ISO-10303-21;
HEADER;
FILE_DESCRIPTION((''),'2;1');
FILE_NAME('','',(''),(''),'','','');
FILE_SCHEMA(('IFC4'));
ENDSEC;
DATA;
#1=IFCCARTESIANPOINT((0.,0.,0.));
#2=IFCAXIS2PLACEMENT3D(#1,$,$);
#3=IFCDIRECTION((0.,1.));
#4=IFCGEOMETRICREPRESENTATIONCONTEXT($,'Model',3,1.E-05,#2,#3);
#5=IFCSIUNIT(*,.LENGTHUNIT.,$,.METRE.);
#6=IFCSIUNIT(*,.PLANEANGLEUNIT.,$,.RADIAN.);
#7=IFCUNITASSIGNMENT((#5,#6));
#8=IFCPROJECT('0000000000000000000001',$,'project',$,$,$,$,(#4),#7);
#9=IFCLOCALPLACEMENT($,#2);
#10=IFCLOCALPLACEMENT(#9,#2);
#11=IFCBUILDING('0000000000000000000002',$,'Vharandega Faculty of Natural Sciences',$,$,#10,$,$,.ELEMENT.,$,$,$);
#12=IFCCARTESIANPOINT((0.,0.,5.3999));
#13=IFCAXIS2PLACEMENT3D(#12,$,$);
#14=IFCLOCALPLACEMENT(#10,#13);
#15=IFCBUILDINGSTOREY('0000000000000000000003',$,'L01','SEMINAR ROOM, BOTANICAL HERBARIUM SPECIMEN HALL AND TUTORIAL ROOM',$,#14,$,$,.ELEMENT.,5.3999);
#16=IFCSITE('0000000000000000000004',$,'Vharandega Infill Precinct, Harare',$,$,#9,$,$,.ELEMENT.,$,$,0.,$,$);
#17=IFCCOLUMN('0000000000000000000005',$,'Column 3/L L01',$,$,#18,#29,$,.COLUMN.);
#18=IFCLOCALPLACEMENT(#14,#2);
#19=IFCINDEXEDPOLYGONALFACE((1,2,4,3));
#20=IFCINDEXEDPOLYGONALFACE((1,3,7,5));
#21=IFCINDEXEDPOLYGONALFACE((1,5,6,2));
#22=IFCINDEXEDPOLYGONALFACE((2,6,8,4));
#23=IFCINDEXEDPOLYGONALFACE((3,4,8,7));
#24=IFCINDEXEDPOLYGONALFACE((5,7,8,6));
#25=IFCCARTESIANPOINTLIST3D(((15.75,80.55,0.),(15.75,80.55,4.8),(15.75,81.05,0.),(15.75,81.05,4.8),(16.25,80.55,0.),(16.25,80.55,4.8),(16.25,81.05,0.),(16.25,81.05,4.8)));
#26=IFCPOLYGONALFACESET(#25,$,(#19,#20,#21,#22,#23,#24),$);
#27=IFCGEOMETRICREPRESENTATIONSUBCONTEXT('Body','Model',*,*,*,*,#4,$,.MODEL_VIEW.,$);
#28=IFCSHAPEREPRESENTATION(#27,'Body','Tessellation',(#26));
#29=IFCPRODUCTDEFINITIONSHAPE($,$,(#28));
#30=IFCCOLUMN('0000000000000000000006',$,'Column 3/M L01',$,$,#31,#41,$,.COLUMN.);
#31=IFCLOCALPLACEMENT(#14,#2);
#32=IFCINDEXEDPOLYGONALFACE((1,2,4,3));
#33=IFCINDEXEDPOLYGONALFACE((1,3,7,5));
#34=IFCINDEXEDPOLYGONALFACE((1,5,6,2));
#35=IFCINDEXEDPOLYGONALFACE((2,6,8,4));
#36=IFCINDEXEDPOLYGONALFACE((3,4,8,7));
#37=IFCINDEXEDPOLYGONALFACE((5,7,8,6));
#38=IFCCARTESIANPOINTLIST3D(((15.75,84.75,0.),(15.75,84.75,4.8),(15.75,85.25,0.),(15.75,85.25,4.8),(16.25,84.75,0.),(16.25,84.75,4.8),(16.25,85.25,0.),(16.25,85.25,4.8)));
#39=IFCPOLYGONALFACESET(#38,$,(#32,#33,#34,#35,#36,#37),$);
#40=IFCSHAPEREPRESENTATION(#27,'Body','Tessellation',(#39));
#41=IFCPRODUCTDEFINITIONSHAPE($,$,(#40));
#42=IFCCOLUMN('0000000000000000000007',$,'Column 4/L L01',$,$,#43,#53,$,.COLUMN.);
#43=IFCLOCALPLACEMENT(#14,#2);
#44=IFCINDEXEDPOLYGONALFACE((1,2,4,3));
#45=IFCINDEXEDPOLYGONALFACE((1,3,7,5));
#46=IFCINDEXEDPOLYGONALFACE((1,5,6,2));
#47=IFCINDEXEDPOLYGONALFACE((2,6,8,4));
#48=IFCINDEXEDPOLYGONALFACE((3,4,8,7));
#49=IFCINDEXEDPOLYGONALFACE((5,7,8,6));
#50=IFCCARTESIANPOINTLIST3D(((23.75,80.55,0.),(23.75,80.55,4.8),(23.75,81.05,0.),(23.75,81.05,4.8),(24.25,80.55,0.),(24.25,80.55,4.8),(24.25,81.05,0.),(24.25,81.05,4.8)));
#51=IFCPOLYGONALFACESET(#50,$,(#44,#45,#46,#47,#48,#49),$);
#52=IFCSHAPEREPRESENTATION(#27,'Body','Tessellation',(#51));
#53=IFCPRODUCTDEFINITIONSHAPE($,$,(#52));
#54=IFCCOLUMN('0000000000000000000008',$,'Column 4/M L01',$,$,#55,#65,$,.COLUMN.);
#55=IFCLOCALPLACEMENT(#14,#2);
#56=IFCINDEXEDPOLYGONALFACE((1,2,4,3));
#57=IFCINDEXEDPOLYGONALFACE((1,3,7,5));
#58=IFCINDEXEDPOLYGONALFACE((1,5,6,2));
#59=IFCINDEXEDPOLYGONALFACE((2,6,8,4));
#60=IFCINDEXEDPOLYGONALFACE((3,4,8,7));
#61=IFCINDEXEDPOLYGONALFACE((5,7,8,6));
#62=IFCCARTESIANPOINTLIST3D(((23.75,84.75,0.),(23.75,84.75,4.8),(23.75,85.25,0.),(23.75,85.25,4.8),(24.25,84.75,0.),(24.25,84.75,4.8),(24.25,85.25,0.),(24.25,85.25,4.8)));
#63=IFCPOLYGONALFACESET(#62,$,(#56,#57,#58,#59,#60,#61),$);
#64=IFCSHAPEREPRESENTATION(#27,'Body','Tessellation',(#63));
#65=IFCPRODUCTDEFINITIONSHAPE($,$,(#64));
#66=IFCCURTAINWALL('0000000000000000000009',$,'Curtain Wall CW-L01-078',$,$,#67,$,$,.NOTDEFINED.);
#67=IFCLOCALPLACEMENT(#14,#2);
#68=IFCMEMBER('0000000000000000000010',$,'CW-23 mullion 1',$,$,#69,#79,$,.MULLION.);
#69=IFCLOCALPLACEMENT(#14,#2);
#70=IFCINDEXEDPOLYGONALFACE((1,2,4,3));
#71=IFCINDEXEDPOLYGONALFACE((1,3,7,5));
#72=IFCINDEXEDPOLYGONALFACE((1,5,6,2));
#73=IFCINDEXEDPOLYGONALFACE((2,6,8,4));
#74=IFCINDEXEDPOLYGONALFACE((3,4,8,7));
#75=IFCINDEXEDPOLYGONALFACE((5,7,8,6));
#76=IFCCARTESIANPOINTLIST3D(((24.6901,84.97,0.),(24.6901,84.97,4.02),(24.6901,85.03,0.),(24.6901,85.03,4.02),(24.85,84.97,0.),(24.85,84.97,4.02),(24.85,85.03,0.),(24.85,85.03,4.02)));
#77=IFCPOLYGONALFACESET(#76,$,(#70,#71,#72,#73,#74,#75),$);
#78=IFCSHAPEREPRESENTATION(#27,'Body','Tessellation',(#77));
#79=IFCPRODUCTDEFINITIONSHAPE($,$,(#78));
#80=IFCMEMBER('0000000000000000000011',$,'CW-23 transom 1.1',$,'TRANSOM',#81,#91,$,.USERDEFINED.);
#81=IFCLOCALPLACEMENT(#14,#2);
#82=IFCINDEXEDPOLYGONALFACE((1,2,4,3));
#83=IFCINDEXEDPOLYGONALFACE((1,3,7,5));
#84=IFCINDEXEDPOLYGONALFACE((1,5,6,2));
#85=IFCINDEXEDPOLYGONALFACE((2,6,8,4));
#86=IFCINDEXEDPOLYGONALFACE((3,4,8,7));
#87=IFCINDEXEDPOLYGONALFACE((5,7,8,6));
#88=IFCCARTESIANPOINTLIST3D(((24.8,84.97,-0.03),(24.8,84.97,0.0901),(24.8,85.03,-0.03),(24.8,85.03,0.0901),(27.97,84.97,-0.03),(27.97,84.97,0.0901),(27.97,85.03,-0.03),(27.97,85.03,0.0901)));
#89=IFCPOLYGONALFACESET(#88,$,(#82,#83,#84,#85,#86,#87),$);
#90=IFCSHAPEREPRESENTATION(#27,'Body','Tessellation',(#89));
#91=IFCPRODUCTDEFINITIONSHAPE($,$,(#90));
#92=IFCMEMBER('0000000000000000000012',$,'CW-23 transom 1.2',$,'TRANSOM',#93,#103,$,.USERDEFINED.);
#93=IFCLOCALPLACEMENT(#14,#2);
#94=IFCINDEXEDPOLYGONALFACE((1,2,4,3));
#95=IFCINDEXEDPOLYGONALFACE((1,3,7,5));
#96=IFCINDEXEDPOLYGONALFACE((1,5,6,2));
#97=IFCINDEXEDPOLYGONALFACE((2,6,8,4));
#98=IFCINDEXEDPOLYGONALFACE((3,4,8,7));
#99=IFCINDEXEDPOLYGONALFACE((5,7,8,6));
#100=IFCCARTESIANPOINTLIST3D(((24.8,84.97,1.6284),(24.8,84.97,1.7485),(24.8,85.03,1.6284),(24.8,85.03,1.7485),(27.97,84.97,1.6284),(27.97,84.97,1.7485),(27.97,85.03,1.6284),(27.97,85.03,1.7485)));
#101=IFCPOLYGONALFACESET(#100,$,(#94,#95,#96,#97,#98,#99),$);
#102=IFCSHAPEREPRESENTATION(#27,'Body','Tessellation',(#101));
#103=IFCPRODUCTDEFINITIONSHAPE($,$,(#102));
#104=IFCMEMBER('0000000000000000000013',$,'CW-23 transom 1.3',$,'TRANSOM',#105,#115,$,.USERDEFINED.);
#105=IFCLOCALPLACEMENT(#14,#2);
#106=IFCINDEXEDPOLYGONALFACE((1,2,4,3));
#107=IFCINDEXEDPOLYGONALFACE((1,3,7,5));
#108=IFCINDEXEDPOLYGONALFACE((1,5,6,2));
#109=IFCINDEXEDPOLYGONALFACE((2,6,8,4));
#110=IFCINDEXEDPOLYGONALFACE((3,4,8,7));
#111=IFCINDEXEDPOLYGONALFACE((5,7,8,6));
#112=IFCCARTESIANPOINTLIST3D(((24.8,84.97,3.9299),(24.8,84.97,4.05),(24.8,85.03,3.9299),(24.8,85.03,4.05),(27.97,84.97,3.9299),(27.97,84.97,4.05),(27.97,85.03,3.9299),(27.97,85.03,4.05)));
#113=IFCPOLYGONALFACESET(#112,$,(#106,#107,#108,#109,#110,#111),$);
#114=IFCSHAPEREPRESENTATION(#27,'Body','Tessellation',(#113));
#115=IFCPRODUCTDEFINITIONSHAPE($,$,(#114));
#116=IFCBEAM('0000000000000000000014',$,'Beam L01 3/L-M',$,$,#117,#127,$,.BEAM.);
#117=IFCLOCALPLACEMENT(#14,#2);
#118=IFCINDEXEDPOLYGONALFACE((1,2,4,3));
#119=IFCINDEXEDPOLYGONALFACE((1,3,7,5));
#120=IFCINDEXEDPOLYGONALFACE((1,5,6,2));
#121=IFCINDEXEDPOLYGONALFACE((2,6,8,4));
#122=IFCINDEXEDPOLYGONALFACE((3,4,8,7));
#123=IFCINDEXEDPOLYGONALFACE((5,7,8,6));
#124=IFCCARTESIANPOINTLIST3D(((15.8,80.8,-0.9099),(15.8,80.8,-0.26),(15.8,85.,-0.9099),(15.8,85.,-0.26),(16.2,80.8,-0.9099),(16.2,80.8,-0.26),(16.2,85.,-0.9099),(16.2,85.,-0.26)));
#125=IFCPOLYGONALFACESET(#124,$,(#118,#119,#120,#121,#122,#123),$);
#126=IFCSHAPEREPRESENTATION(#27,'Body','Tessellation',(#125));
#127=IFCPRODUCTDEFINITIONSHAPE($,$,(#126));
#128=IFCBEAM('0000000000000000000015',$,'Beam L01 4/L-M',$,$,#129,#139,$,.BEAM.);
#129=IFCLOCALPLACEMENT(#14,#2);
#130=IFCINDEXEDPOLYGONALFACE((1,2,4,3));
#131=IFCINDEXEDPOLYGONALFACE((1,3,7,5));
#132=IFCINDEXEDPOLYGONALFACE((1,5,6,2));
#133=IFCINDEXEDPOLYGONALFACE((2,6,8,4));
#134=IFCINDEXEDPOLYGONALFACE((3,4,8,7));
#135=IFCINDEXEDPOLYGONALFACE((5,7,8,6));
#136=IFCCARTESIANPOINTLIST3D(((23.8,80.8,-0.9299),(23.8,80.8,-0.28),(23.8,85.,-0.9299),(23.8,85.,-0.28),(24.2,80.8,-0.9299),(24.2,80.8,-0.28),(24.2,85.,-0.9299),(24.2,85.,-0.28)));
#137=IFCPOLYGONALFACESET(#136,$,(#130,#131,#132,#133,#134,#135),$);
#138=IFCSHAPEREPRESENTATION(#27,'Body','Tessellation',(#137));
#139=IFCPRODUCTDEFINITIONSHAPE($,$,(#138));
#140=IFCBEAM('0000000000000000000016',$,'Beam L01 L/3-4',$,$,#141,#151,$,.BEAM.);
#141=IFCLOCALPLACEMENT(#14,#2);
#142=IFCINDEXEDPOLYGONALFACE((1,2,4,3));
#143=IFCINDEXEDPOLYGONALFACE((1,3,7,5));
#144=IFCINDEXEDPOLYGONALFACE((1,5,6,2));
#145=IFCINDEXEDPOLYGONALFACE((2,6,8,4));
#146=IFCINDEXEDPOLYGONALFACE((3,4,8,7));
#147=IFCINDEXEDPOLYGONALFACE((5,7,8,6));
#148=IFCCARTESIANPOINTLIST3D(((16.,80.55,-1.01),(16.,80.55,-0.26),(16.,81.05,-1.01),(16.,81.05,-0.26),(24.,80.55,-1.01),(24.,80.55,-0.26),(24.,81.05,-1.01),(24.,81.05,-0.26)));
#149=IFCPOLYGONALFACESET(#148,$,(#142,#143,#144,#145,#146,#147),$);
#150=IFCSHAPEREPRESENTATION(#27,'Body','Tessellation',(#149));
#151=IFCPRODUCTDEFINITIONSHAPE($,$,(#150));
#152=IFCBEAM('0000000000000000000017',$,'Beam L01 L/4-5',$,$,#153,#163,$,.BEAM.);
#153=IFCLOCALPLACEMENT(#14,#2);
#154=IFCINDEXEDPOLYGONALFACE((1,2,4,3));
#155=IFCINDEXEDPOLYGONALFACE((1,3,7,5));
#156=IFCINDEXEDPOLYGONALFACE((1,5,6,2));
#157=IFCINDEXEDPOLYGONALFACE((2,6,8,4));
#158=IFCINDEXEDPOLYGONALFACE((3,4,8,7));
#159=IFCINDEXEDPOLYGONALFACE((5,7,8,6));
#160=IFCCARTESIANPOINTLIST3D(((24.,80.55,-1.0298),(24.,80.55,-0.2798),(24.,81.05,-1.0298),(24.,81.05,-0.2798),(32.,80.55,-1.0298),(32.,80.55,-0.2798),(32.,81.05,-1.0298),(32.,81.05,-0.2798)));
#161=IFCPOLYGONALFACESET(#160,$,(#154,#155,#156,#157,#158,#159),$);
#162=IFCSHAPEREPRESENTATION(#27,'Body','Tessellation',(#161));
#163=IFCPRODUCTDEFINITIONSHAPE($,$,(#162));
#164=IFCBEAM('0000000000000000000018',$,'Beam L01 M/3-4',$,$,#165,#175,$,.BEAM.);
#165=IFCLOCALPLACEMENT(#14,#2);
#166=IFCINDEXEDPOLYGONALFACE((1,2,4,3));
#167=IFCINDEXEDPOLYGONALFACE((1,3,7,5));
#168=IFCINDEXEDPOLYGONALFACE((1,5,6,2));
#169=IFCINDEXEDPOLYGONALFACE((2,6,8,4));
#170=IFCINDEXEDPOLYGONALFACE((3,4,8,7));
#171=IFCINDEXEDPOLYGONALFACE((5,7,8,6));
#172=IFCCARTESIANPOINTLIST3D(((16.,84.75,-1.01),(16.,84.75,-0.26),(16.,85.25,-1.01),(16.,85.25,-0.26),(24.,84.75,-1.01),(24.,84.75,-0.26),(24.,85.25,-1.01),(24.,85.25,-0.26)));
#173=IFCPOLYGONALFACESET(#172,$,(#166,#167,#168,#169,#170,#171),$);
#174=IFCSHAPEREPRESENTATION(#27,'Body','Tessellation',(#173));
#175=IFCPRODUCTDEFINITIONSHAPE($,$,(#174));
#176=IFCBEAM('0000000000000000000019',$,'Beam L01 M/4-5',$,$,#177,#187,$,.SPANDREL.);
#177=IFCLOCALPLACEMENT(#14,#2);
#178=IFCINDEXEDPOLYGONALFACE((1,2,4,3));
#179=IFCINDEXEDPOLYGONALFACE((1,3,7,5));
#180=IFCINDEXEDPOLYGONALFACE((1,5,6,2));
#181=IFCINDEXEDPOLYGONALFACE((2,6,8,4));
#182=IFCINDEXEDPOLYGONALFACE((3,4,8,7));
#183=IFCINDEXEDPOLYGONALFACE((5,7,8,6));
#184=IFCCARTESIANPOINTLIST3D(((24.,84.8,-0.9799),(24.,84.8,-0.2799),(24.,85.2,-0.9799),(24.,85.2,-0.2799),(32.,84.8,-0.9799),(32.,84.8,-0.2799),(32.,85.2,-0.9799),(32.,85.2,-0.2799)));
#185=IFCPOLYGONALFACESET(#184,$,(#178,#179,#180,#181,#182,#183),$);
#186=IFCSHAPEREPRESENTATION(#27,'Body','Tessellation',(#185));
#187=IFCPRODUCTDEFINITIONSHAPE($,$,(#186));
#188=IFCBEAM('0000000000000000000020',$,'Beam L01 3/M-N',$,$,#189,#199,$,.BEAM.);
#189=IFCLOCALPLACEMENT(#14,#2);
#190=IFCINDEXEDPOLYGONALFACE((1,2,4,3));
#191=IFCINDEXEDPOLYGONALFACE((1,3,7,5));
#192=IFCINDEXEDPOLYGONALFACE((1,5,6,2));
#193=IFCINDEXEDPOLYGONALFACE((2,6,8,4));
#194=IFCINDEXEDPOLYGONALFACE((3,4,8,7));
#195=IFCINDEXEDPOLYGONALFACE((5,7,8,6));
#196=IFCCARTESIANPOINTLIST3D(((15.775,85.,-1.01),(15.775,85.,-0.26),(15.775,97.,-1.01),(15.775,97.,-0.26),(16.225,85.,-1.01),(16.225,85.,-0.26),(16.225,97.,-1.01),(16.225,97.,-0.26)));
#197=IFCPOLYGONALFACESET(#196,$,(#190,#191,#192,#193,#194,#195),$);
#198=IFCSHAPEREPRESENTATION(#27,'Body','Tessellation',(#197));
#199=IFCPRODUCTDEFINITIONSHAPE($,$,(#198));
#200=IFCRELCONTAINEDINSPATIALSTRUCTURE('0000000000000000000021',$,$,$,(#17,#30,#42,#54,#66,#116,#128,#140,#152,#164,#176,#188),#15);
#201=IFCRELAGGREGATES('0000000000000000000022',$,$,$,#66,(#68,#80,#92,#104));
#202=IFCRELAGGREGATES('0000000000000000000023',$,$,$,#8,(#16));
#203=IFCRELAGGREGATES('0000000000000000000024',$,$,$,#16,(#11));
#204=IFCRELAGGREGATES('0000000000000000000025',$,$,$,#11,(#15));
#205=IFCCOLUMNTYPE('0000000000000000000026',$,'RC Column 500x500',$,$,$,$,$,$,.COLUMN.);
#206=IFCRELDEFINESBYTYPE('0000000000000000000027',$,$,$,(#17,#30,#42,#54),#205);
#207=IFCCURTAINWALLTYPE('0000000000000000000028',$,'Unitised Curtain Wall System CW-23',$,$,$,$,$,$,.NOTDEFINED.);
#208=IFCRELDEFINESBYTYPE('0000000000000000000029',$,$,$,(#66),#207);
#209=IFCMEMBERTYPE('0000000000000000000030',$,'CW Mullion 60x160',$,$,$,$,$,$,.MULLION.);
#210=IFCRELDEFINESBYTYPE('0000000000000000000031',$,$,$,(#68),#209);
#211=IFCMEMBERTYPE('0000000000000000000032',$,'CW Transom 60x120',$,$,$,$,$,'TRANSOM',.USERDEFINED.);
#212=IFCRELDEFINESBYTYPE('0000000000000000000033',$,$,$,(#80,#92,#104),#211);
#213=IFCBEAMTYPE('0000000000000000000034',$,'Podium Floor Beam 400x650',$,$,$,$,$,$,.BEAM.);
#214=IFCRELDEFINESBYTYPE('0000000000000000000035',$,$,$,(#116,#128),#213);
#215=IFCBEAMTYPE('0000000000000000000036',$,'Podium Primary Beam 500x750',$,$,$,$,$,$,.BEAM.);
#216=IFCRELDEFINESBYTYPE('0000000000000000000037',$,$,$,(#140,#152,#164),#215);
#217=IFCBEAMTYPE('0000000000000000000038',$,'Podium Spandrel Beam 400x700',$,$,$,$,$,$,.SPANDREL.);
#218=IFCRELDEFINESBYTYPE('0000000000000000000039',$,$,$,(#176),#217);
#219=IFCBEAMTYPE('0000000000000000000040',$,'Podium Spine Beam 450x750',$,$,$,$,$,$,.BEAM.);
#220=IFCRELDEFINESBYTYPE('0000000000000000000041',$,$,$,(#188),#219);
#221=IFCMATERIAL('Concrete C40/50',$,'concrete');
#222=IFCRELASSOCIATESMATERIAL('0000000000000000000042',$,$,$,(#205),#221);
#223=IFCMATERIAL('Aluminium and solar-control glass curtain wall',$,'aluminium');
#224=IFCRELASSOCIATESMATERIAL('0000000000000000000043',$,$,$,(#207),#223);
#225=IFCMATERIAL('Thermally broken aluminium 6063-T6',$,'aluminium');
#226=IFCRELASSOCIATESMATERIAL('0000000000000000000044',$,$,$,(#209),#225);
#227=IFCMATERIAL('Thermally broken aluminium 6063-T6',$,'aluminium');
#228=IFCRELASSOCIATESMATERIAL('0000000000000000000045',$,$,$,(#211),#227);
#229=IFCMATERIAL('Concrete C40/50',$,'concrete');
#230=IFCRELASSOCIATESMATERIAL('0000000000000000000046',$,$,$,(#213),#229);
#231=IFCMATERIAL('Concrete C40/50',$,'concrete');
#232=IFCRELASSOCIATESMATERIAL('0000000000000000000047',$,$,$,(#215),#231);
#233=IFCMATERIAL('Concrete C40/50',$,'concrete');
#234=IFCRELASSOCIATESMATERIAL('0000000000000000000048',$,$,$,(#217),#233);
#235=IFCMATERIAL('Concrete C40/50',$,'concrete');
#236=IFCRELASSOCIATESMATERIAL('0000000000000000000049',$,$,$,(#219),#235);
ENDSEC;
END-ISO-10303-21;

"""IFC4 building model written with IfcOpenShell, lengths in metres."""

from ifc_helpers import new_model, si_unit, direction, frame, origin, origin_2d, place, context, subcontext, project, spatial, rectangle, extrude, material, material_profile, profile_set, type_object, element, aggregate, save


model = new_model("IFC4")

# Units and contexts
model_context = context("Model", 3, precision=1e-05, world=origin(), true_north=direction((0.0, 1.0)))
body_context = subcontext(model_context, "Body", "Model", "MODEL_VIEW")
ifc_project = project(units=[si_unit("LENGTHUNIT", "METRE"), si_unit("PLANEANGLEUNIT", "RADIAN")], contexts=[model_context])

# Site, building, storey
site_placement = place(None, origin())
site = spatial("IfcSite", under=ifc_project, at=site_placement, Name="Vharandega Infill Precinct, Harare", CompositionType="ELEMENT", RefElevation=0.0)
building_placement = place(site_placement, origin())
building = spatial("IfcBuilding", under=site, at=building_placement, Name="Vharandega Faculty of Natural Sciences", CompositionType="ELEMENT")
storey_placement = place(building_placement, frame((0.0, 0.0, 5.3999)))
storey = spatial("IfcBuildingStorey", under=building, at=storey_placement, Name="L01", Description="SEMINAR ROOM, BOTANICAL HERBARIUM SPECIMEN HALL AND TUTORIAL ROOM", CompositionType="ELEMENT", Elevation=5.3999)

# Columns
ifc_material_1 = material(Name="Concrete C40/50", Category="concrete")
ifc_material_profile_1 = material_profile(ifc_material_1, rectangle(XDim=0.5, YDim=0.5, at=origin_2d()), Name="RC 500x500")
ifc_profile_set_1 = profile_set([ifc_material_profile_1], Name="Concrete C40/50")
column_type = type_object("IfcColumnType", Name="RC Column 500x500", PredefinedType="COLUMN", material=ifc_profile_set_1)
for number, where, z_axis, x_axis, name in (
    (1, (16.0, 80.8, 0.0), (0.0, 0.0, 1.0), (1.0, 0.0, 0.0), "Column 3/L L01"),
    (2, (16.0, 85.0, 0.0), (0.0, 0.0, 1.0), (1.0, 0.0, 0.0), "Column 3/M L01"),
    (3, (24.0, 80.8, 0.0), (0.0, 0.0, 1.0), (1.0, 0.0, 0.0), "Column 4/L L01"),
    (4, (24.0, 85.0, 0.0), (0.0, 0.0, 1.0), (1.0, 0.0, 0.0), "Column 4/M L01"),
):
    element("IfcColumn", number, at=place(storey_placement, frame(where, z_axis=z_axis, x_axis=x_axis)), inside=storey, type_object=column_type, Name=name, PredefinedType="COLUMN", context=body_context, shape_type="SweptSolid", body=[
        extrude(rectangle(XDim=0.5, YDim=0.5, at=origin_2d()), origin(), (0.0, 0.0, 1.0), 4.8),
    ])

# Curtain wall, members
ifc_material_2 = material(Name="Aluminium and solar-control glass curtain wall", Category="aluminium")
curtain_wall_type = type_object("IfcCurtainWallType", Name="Unitised Curtain Wall System CW-23", PredefinedType="NOTDEFINED", material=ifc_material_2)
curtain_wall_placement = place(storey_placement, origin())
curtain_wall = element("IfcCurtainWall", 5, at=curtain_wall_placement, inside=storey, type_object=curtain_wall_type, Name="Curtain Wall CW-L01-078", PredefinedType="NOTDEFINED")
ifc_material_3 = material(Name="Thermally broken aluminium 6063-T6", Category="aluminium")
ifc_material_profile_2 = material_profile(ifc_material_3, rectangle(XDim=0.0601, YDim=0.1599, at=origin_2d()), Name="ALU 60x160")
ifc_profile_set_2 = profile_set([ifc_material_profile_2], Name="Thermally broken aluminium 6063-T6")
member_type_1 = type_object("IfcMemberType", Name="CW Mullion 60x160", PredefinedType="MULLION", material=ifc_profile_set_2)
member_1_placement = place(storey_placement, frame((24.77, 85.0, 0.0), z_axis=(0.0, 0.0, 1.0), x_axis=(0.0, 1.0, 0.0)))
member_1 = element("IfcMember", 6, at=member_1_placement, type_object=member_type_1, Name="CW-23 mullion 1", PredefinedType="MULLION", context=body_context, shape_type="SweptSolid", body=[
    extrude(rectangle(XDim=0.0601, YDim=0.1599, at=origin_2d()), origin(), (0.0, 0.0, 1.0), 4.02),
])
ifc_material_4 = material(Name="Thermally broken aluminium 6063-T6", Category="aluminium")
ifc_material_profile_3 = material_profile(ifc_material_4, rectangle(XDim=0.0601, YDim=0.1201, at=origin_2d()), Name="ALU 60x120")
ifc_profile_set_3 = profile_set([ifc_material_profile_3], Name="Thermally broken aluminium 6063-T6")
member_type_2 = type_object("IfcMemberType", Name="CW Transom 60x120", ElementType="TRANSOM", PredefinedType="USERDEFINED", material=ifc_profile_set_3)
member_2_placement = place(storey_placement, frame((24.8, 85.0, 0.03), z_axis=(1.0, 0.0, 0.0), x_axis=(0.0, 1.0, 0.0)))
member_2 = element("IfcMember", 7, at=member_2_placement, type_object=member_type_2, Name="CW-23 transom 1.1", ObjectType="TRANSOM", PredefinedType="USERDEFINED", context=body_context, shape_type="SweptSolid", body=[
    extrude(rectangle(XDim=0.0601, YDim=0.1201, at=origin_2d()), origin(), (0.0, 0.0, 1.0), 3.1699),
])
member_3_placement = place(storey_placement, frame((24.8, 85.0, 1.6885), z_axis=(1.0, 0.0, 0.0), x_axis=(0.0, 1.0, 0.0)))
member_3 = element("IfcMember", 8, at=member_3_placement, type_object=member_type_2, Name="CW-23 transom 1.2", ObjectType="TRANSOM", PredefinedType="USERDEFINED", context=body_context, shape_type="SweptSolid", body=[
    extrude(rectangle(XDim=0.0601, YDim=0.1201, at=origin_2d()), origin(), (0.0, 0.0, 1.0), 3.1699),
])
member_4_placement = place(storey_placement, frame((24.8, 85.0, 3.99), z_axis=(1.0, 0.0, 0.0), x_axis=(0.0, 1.0, 0.0)))
member_4 = element("IfcMember", 9, at=member_4_placement, type_object=member_type_2, Name="CW-23 transom 1.3", ObjectType="TRANSOM", PredefinedType="USERDEFINED", context=body_context, shape_type="SweptSolid", body=[
    extrude(rectangle(XDim=0.0601, YDim=0.1201, at=origin_2d()), origin(), (0.0, 0.0, 1.0), 3.1699),
])

# Beams
ifc_material_5 = material(Name="Concrete C40/50", Category="concrete")
ifc_material_profile_4 = material_profile(ifc_material_5, rectangle(XDim=0.3999, YDim=0.6499, at=origin_2d()), Name="RC 400x650")
ifc_profile_set_4 = profile_set([ifc_material_profile_4], Name="Concrete C40/50")
beam_type_1 = type_object("IfcBeamType", Name="Podium Floor Beam 400x650", PredefinedType="BEAM", material=ifc_profile_set_4)
for number, where, z_axis, x_axis, name in (
    (10, (16.0, 80.8, -0.585), (0.0, 1.0, 0.0), (-1.0, 0.0, 0.0), "Beam L01 3/L-M"),
    (11, (24.0, 80.8, -0.605), (0.0, 1.0, 0.0), (-1.0, 0.0, 0.0), "Beam L01 4/L-M"),
):
    element("IfcBeam", number, at=place(storey_placement, frame(where, z_axis=z_axis, x_axis=x_axis)), inside=storey, type_object=beam_type_1, Name=name, PredefinedType="BEAM", context=body_context, shape_type="SweptSolid", body=[
        extrude(rectangle(XDim=0.3999, YDim=0.6499, at=origin_2d()), origin(), (0.0, 0.0, 1.0), 4.2),
    ])
ifc_material_6 = material(Name="Concrete C40/50", Category="concrete")
ifc_material_profile_5 = material_profile(ifc_material_6, rectangle(XDim=0.5, YDim=0.75, at=origin_2d()), Name="RC 500x750")
ifc_profile_set_5 = profile_set([ifc_material_profile_5], Name="Concrete C40/50")
beam_type_2 = type_object("IfcBeamType", Name="Podium Primary Beam 500x750", PredefinedType="BEAM", material=ifc_profile_set_5)
for number, where, z_axis, x_axis, name in (
    (12, (16.0, 80.8, -0.635), (1.0, 0.0, 0.0), (0.0, 1.0, 0.0), "Beam L01 L/3-4"),
    (13, (24.0, 80.8, -0.6548), (1.0, 0.0, 0.0), (0.0, 1.0, 0.0), "Beam L01 L/4-5"),
    (14, (16.0, 85.0, -0.635), (1.0, 0.0, 0.0), (0.0, 1.0, 0.0), "Beam L01 M/3-4"),
):
    element("IfcBeam", number, at=place(storey_placement, frame(where, z_axis=z_axis, x_axis=x_axis)), inside=storey, type_object=beam_type_2, Name=name, PredefinedType="BEAM", context=body_context, shape_type="SweptSolid", body=[
        extrude(rectangle(XDim=0.5, YDim=0.75, at=origin_2d()), origin(), (0.0, 0.0, 1.0), 8.0),
    ])
ifc_material_7 = material(Name="Concrete C40/50", Category="concrete")
ifc_material_profile_6 = material_profile(ifc_material_7, rectangle(XDim=0.3999, YDim=0.7, at=origin_2d()), Name="RC 400x700")
ifc_profile_set_6 = profile_set([ifc_material_profile_6], Name="Concrete C40/50")
beam_type_3 = type_object("IfcBeamType", Name="Podium Spandrel Beam 400x700", PredefinedType="SPANDREL", material=ifc_profile_set_6)
beam_1_placement = place(storey_placement, frame((24.0, 85.0, -0.6299), z_axis=(1.0, 0.0, 0.0), x_axis=(0.0, 1.0, 0.0)))
element("IfcBeam", 15, at=beam_1_placement, inside=storey, type_object=beam_type_3, Name="Beam L01 M/4-5", PredefinedType="SPANDREL", context=body_context, shape_type="SweptSolid", body=[
    extrude(rectangle(XDim=0.3999, YDim=0.7, at=origin_2d()), origin(), (0.0, 0.0, 1.0), 8.0),
])
ifc_material_8 = material(Name="Concrete C40/50", Category="concrete")
ifc_material_profile_7 = material_profile(ifc_material_8, rectangle(XDim=0.45, YDim=0.75, at=origin_2d()), Name="RC 450x750")
ifc_profile_set_7 = profile_set([ifc_material_profile_7], Name="Concrete C40/50")
beam_type_4 = type_object("IfcBeamType", Name="Podium Spine Beam 450x750", PredefinedType="BEAM", material=ifc_profile_set_7)
for number, where, z_axis, x_axis, name in (
    (16, (16.0, 85.0, -0.635), (0.0, 1.0, 0.0), (-1.0, 0.0, 0.0), "Beam L01 3/M-N"),
):
    element("IfcBeam", number, at=place(storey_placement, frame(where, z_axis=z_axis, x_axis=x_axis)), inside=storey, type_object=beam_type_4, Name=name, PredefinedType="BEAM", context=body_context, shape_type="SweptSolid", body=[
        extrude(rectangle(XDim=0.45, YDim=0.75, at=origin_2d()), origin(), (0.0, 0.0, 1.0), 12.0),
    ])

aggregate(curtain_wall, [member_1, member_2, member_3, member_4])

save(model, "model.ifc")
